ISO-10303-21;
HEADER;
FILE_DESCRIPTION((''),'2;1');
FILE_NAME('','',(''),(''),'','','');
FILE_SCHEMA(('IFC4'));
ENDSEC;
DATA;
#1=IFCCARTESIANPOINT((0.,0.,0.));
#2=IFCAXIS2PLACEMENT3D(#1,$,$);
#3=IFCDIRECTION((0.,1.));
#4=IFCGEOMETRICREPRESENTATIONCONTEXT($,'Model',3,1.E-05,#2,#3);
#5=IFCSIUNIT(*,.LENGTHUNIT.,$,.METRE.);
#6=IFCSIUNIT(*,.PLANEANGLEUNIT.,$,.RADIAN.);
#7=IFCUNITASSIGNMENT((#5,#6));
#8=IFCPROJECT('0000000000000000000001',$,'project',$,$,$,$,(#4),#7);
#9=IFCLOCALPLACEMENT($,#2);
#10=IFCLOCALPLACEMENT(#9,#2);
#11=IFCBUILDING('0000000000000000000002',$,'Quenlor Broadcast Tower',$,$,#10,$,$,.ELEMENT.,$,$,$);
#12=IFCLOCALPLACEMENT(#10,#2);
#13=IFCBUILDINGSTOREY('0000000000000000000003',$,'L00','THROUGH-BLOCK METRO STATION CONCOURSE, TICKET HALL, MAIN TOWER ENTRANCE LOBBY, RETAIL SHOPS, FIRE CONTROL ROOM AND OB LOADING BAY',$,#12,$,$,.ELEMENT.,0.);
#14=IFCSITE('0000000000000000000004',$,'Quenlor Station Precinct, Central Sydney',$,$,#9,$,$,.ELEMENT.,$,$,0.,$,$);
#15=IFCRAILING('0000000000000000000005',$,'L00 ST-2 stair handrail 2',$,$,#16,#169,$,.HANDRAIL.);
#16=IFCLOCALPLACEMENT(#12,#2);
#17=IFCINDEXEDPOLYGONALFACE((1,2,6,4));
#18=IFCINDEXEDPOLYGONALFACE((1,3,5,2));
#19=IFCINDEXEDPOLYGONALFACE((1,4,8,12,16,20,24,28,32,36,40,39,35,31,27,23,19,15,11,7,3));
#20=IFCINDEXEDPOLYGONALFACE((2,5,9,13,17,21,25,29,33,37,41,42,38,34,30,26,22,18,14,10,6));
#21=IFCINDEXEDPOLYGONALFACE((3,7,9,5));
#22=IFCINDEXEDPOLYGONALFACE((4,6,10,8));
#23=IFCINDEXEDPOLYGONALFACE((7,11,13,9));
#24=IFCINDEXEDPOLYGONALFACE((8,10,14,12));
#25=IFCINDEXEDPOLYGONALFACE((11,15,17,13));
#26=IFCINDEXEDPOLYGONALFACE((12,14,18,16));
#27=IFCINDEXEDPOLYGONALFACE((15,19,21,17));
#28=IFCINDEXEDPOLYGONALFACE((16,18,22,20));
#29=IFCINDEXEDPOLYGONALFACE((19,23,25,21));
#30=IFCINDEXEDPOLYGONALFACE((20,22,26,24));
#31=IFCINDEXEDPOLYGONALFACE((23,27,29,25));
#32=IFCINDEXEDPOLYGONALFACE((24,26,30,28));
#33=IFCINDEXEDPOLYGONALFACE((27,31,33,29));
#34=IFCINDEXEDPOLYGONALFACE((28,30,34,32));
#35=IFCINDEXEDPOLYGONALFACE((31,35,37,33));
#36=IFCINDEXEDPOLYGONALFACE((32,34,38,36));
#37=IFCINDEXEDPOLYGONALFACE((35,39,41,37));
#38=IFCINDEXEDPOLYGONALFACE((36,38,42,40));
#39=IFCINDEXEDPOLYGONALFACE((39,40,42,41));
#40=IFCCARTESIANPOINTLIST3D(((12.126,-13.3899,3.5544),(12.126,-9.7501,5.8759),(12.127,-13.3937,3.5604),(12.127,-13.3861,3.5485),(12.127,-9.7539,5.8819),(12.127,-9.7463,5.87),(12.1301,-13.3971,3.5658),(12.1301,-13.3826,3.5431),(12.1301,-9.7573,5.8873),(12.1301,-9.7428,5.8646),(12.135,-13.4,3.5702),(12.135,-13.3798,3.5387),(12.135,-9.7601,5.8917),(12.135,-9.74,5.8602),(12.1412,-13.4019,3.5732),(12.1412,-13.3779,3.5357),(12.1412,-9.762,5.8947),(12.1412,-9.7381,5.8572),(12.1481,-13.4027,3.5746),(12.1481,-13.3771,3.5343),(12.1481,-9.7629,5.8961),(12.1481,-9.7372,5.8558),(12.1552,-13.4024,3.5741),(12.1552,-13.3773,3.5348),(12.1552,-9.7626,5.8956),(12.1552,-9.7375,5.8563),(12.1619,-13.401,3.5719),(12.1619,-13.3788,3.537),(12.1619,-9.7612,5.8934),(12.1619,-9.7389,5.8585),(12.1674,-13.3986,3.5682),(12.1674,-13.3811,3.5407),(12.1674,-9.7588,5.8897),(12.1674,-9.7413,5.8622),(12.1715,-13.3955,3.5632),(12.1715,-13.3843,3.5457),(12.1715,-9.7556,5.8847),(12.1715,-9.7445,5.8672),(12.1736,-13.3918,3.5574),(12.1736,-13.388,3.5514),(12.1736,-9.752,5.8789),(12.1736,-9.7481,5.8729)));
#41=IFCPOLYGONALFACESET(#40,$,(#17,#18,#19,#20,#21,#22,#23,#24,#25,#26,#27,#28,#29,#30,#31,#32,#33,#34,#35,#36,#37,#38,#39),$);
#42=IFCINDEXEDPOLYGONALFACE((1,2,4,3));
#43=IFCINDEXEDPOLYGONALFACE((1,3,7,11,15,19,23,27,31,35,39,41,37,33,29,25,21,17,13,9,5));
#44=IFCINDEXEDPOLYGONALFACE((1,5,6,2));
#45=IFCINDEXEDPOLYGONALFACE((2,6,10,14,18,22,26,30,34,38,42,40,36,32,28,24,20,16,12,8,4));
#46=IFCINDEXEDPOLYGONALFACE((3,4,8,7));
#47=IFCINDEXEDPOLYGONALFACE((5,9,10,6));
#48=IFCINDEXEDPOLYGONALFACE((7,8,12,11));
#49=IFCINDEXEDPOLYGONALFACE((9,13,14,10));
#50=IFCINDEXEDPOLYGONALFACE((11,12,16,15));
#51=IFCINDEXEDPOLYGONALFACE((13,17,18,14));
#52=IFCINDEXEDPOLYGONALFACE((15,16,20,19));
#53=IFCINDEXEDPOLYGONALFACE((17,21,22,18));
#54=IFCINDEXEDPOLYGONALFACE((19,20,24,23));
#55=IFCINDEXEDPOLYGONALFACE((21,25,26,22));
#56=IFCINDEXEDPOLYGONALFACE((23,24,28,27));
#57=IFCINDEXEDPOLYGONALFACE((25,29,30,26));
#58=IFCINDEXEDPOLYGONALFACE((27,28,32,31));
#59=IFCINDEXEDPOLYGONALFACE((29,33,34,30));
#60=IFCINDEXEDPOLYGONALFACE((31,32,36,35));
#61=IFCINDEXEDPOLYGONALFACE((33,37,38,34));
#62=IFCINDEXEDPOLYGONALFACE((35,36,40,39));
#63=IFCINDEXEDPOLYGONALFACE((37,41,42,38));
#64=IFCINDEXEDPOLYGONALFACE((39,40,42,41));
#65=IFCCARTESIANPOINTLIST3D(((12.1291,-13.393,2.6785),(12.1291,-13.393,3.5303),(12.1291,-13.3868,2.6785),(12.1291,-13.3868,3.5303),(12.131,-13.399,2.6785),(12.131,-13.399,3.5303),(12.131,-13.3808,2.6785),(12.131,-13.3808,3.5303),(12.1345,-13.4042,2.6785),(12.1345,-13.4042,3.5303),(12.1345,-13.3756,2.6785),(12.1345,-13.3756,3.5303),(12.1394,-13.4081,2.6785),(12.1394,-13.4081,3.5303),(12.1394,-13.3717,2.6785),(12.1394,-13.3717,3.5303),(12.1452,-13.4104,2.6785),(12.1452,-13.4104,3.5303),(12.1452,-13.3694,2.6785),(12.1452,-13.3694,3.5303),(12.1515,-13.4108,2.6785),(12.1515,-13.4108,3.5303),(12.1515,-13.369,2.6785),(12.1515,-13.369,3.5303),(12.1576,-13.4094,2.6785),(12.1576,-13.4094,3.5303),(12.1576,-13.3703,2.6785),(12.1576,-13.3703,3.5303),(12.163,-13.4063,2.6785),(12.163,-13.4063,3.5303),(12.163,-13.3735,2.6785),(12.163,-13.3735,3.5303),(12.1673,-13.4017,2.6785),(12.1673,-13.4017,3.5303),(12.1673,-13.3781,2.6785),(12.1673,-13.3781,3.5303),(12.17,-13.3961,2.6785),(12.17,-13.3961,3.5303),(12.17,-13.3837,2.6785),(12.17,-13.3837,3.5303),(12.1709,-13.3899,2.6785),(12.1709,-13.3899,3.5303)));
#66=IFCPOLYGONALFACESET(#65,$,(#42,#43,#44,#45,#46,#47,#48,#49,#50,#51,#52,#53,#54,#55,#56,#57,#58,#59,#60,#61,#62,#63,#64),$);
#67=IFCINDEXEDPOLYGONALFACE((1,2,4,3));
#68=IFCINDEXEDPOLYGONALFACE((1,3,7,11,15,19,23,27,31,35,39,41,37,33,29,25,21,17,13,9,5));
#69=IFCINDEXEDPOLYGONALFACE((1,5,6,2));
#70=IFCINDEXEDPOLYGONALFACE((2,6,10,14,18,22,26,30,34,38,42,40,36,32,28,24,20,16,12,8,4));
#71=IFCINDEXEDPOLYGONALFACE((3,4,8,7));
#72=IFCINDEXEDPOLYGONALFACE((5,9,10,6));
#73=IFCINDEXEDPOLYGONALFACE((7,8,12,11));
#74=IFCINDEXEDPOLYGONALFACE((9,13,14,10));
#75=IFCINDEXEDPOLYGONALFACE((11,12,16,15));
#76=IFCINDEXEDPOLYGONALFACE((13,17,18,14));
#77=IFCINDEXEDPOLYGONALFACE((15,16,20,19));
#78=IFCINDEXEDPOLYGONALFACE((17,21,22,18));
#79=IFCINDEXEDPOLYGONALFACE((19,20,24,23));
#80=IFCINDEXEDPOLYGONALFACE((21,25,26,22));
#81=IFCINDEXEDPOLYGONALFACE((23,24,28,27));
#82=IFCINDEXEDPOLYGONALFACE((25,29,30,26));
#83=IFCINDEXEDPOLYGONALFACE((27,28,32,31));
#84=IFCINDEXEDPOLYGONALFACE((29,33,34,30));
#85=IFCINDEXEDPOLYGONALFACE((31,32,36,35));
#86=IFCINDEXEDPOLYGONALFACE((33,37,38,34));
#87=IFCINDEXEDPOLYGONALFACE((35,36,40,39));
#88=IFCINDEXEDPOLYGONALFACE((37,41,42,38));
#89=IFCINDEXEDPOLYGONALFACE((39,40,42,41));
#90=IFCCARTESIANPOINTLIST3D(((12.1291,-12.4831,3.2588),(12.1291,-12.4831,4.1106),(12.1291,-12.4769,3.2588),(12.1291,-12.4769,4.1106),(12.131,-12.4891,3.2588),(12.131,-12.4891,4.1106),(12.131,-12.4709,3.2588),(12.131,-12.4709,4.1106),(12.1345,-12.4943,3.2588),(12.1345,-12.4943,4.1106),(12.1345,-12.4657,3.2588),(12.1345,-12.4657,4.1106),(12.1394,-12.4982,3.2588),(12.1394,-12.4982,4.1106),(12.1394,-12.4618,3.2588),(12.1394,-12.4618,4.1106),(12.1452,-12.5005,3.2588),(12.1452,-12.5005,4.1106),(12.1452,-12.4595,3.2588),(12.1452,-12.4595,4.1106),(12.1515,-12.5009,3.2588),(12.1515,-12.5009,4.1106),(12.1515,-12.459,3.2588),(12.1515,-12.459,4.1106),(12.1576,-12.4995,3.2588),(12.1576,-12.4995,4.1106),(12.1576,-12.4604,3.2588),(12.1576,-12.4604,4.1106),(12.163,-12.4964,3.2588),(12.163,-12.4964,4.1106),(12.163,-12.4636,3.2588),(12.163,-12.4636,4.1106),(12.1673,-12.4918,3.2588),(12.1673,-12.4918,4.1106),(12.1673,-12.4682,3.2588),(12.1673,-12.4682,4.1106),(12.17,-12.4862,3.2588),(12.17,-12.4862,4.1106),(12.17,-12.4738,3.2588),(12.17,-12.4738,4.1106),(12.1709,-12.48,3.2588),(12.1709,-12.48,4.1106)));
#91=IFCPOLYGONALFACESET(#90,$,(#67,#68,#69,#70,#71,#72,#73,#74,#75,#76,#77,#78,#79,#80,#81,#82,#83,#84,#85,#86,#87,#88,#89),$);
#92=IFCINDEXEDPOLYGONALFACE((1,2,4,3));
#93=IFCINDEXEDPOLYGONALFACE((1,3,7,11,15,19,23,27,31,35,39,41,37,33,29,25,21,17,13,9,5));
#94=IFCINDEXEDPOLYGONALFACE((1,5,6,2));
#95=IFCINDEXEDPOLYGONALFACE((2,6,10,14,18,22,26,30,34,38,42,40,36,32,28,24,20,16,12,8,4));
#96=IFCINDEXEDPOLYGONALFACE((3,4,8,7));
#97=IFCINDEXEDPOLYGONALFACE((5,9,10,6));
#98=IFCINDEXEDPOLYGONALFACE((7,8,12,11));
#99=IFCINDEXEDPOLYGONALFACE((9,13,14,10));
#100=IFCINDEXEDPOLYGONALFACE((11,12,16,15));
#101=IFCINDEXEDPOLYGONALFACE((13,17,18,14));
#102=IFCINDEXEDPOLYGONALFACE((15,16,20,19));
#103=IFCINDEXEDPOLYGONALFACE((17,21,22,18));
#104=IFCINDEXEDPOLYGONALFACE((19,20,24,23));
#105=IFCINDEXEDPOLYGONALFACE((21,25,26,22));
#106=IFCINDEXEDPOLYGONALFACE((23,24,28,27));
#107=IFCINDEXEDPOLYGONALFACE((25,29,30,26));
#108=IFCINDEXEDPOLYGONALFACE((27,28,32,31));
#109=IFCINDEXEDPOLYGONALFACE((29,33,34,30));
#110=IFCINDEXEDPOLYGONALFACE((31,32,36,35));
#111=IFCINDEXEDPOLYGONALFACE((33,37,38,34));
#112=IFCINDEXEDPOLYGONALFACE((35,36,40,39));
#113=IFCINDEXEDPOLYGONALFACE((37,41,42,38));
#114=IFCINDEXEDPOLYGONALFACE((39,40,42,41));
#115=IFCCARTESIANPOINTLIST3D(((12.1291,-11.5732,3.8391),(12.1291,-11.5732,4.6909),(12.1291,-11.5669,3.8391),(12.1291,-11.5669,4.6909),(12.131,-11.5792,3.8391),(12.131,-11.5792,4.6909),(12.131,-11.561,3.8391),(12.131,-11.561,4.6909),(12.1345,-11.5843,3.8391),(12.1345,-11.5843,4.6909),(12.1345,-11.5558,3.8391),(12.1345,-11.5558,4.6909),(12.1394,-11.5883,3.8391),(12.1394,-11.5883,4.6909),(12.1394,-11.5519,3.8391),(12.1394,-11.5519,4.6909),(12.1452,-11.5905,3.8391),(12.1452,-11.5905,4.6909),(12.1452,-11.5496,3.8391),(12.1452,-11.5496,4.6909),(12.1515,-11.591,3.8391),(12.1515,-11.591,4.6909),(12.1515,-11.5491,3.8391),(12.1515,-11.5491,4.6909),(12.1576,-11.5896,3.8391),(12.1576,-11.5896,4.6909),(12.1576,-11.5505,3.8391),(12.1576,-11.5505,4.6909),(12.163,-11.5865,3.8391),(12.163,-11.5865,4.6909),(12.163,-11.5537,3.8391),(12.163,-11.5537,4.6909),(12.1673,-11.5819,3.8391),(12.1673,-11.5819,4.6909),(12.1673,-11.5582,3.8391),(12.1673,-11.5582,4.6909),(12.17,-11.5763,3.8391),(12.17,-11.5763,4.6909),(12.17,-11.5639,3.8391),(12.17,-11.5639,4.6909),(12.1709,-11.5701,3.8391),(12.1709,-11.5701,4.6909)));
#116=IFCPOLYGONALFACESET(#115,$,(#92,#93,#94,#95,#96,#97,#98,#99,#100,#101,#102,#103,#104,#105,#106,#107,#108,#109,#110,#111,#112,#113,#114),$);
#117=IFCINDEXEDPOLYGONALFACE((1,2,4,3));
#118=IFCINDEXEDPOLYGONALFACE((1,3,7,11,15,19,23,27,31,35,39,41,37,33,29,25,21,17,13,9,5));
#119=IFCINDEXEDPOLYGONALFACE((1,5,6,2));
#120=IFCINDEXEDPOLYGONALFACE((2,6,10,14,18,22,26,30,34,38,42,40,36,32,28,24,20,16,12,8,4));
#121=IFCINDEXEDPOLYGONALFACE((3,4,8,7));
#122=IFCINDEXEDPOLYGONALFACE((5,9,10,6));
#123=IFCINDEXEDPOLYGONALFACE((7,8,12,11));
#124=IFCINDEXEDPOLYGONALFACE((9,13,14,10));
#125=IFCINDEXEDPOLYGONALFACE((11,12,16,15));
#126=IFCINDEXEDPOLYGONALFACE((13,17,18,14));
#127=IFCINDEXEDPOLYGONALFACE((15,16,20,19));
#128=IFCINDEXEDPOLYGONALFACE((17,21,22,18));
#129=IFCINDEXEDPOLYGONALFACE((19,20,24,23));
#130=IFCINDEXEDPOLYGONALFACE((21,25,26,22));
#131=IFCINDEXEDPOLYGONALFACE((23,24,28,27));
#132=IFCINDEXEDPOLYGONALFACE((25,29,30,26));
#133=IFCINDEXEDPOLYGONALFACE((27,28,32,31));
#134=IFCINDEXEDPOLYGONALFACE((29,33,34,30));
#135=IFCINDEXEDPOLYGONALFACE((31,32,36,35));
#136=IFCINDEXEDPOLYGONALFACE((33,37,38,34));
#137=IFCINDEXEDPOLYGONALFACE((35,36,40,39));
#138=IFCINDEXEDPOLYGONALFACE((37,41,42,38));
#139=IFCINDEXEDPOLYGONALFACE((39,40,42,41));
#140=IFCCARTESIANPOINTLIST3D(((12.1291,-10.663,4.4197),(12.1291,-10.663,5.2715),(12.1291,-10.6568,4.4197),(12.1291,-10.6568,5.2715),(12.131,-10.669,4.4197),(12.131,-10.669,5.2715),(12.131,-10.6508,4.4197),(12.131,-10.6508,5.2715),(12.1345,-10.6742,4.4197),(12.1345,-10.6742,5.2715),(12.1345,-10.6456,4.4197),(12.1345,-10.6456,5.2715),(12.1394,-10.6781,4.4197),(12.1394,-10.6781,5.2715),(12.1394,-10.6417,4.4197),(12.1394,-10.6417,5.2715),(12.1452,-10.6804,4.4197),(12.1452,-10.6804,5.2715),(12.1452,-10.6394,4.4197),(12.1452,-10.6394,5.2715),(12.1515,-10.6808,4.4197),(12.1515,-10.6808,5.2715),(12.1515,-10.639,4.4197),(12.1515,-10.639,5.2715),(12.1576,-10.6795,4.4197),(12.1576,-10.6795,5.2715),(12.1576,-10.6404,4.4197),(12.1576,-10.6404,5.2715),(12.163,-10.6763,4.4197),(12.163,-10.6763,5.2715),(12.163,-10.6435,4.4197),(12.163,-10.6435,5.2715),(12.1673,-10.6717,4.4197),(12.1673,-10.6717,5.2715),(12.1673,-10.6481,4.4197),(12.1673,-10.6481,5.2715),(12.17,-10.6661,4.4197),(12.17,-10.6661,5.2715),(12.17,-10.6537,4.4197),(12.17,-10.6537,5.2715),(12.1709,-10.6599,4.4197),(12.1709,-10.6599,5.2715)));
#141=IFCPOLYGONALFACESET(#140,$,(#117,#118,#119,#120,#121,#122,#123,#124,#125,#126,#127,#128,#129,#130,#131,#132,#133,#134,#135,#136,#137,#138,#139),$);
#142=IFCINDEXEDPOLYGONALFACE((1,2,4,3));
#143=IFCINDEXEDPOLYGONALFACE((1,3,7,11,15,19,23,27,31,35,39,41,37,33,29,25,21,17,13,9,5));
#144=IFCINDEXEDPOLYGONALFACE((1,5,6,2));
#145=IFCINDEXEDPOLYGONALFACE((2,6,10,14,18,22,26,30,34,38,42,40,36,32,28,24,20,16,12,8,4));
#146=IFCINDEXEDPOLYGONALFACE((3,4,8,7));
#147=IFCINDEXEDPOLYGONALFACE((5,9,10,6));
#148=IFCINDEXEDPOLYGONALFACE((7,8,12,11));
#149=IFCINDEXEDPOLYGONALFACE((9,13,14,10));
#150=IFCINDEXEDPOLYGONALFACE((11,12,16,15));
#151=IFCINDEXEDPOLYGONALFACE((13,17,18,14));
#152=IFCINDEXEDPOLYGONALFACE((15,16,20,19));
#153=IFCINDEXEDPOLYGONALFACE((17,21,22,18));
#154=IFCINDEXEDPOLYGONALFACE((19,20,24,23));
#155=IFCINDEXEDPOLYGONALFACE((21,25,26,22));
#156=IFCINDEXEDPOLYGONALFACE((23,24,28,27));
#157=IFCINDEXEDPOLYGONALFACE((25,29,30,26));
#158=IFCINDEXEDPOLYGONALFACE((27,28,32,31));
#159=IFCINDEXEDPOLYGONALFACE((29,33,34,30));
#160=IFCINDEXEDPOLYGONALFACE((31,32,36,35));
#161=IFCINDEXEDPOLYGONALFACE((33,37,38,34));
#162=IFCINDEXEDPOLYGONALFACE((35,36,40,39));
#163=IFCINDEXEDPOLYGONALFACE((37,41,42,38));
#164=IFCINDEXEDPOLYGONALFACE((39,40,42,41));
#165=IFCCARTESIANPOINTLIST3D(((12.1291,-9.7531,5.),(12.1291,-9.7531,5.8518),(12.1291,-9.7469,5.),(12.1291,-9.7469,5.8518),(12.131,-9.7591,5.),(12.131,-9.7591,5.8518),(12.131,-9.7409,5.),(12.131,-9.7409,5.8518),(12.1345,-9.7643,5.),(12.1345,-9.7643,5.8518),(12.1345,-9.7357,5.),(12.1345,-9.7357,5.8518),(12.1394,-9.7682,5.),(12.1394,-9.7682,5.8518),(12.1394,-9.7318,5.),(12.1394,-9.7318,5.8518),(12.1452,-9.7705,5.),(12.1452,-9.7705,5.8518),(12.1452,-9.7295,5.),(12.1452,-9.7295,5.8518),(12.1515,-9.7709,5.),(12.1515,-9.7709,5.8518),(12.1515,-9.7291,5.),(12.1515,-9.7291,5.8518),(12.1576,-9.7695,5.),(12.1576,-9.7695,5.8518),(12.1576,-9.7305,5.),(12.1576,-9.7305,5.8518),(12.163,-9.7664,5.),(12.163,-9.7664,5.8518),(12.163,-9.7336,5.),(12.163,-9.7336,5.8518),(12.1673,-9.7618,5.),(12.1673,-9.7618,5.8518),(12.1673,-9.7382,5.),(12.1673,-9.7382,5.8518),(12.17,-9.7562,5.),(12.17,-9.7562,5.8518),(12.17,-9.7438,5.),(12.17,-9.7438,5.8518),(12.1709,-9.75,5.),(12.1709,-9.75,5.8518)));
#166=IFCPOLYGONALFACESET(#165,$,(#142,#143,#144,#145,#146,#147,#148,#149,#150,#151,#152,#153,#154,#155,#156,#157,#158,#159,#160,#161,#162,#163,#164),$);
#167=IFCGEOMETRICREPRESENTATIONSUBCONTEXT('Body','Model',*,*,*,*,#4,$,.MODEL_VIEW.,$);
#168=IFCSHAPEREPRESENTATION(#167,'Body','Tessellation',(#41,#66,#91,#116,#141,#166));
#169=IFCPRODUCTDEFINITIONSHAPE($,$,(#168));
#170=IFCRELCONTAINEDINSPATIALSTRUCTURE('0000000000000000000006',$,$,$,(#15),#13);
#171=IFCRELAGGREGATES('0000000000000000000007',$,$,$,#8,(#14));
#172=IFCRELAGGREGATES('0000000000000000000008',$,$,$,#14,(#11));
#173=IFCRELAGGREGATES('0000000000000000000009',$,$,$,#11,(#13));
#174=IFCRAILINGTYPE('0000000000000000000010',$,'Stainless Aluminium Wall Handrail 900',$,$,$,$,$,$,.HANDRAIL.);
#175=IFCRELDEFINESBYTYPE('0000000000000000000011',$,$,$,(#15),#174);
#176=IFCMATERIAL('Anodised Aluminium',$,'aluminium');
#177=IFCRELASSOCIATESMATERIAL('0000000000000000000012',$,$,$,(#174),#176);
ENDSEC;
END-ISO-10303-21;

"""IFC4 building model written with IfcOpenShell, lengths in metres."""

from ifc_helpers import new_model, si_unit, direction, frame, origin, origin_2d, place, context, subcontext, project, spatial, circle, extrude, material, type_object, element, save


model = new_model("IFC4")

# Units and contexts
model_context = context("Model", 3, precision=1e-05, world=origin(), true_north=direction((0.0, 1.0)))
body_context = subcontext(model_context, "Body", "Model", "MODEL_VIEW")
ifc_project = project(units=[si_unit("LENGTHUNIT", "METRE"), si_unit("PLANEANGLEUNIT", "RADIAN")], contexts=[model_context])

# Site, building, storey
site_placement = place(None, origin())
site = spatial("IfcSite", under=ifc_project, at=site_placement, Name="Quenlor Station Precinct, Central Sydney", CompositionType="ELEMENT", RefElevation=0.0)
building_placement = place(site_placement, origin())
building = spatial("IfcBuilding", under=site, at=building_placement, Name="Quenlor Broadcast Tower", CompositionType="ELEMENT")
storey_placement = place(building_placement, origin())
storey = spatial("IfcBuildingStorey", under=building, at=storey_placement, Name="L00", Description="THROUGH-BLOCK METRO STATION CONCOURSE, TICKET HALL, MAIN TOWER ENTRANCE LOBBY, RETAIL SHOPS, FIRE CONTROL ROOM AND OB LOADING BAY", CompositionType="ELEMENT", Elevation=0.0)

# Railing
ifc_material_1 = material(Name="Anodised Aluminium", Category="aluminium")
railing_type_1 = type_object("IfcRailingType", Name="Stainless Aluminium Wall Handrail 900", PredefinedType="HANDRAIL", material=ifc_material_1)
railing_1_placement = place(storey_placement, frame((12.1499, -13.3899, 2.6785)))
element("IfcRailing", 1, at=railing_1_placement, inside=storey, type_object=railing_type_1, Name="L00 ST-2 stair handrail 2", PredefinedType="HANDRAIL", context=body_context, shape_type="SweptSolid", body=[
    extrude(circle(Radius=0.0239, at=origin_2d()), frame((0.0, 0.0, 0.876), z_axis=(0.0, 0.843112, 0.537739), x_axis=(-1.0, 0.0, 0.0)), (0.0, 0.0, 1.0), 4.3171),
    extrude(circle(Radius=0.021, at=origin_2d()), origin(), (0.0, 0.0, 1.0), 0.8518),
    extrude(circle(Radius=0.021, at=origin_2d()), frame((0.0, 0.9099, 0.5803)), (0.0, 0.0, 1.0), 0.8518),
    extrude(circle(Radius=0.021, at=origin_2d()), frame((0.0, 1.8198, 1.1606)), (0.0, 0.0, 1.0), 0.8518),
    extrude(circle(Radius=0.021, at=origin_2d()), frame((0.0, 2.73, 1.7412)), (0.0, 0.0, 1.0), 0.8518),
    extrude(circle(Radius=0.021, at=origin_2d()), frame((0.0, 3.6399, 2.3215)), (0.0, 0.0, 1.0), 0.8518),
])

save(model, "model.ifc")
